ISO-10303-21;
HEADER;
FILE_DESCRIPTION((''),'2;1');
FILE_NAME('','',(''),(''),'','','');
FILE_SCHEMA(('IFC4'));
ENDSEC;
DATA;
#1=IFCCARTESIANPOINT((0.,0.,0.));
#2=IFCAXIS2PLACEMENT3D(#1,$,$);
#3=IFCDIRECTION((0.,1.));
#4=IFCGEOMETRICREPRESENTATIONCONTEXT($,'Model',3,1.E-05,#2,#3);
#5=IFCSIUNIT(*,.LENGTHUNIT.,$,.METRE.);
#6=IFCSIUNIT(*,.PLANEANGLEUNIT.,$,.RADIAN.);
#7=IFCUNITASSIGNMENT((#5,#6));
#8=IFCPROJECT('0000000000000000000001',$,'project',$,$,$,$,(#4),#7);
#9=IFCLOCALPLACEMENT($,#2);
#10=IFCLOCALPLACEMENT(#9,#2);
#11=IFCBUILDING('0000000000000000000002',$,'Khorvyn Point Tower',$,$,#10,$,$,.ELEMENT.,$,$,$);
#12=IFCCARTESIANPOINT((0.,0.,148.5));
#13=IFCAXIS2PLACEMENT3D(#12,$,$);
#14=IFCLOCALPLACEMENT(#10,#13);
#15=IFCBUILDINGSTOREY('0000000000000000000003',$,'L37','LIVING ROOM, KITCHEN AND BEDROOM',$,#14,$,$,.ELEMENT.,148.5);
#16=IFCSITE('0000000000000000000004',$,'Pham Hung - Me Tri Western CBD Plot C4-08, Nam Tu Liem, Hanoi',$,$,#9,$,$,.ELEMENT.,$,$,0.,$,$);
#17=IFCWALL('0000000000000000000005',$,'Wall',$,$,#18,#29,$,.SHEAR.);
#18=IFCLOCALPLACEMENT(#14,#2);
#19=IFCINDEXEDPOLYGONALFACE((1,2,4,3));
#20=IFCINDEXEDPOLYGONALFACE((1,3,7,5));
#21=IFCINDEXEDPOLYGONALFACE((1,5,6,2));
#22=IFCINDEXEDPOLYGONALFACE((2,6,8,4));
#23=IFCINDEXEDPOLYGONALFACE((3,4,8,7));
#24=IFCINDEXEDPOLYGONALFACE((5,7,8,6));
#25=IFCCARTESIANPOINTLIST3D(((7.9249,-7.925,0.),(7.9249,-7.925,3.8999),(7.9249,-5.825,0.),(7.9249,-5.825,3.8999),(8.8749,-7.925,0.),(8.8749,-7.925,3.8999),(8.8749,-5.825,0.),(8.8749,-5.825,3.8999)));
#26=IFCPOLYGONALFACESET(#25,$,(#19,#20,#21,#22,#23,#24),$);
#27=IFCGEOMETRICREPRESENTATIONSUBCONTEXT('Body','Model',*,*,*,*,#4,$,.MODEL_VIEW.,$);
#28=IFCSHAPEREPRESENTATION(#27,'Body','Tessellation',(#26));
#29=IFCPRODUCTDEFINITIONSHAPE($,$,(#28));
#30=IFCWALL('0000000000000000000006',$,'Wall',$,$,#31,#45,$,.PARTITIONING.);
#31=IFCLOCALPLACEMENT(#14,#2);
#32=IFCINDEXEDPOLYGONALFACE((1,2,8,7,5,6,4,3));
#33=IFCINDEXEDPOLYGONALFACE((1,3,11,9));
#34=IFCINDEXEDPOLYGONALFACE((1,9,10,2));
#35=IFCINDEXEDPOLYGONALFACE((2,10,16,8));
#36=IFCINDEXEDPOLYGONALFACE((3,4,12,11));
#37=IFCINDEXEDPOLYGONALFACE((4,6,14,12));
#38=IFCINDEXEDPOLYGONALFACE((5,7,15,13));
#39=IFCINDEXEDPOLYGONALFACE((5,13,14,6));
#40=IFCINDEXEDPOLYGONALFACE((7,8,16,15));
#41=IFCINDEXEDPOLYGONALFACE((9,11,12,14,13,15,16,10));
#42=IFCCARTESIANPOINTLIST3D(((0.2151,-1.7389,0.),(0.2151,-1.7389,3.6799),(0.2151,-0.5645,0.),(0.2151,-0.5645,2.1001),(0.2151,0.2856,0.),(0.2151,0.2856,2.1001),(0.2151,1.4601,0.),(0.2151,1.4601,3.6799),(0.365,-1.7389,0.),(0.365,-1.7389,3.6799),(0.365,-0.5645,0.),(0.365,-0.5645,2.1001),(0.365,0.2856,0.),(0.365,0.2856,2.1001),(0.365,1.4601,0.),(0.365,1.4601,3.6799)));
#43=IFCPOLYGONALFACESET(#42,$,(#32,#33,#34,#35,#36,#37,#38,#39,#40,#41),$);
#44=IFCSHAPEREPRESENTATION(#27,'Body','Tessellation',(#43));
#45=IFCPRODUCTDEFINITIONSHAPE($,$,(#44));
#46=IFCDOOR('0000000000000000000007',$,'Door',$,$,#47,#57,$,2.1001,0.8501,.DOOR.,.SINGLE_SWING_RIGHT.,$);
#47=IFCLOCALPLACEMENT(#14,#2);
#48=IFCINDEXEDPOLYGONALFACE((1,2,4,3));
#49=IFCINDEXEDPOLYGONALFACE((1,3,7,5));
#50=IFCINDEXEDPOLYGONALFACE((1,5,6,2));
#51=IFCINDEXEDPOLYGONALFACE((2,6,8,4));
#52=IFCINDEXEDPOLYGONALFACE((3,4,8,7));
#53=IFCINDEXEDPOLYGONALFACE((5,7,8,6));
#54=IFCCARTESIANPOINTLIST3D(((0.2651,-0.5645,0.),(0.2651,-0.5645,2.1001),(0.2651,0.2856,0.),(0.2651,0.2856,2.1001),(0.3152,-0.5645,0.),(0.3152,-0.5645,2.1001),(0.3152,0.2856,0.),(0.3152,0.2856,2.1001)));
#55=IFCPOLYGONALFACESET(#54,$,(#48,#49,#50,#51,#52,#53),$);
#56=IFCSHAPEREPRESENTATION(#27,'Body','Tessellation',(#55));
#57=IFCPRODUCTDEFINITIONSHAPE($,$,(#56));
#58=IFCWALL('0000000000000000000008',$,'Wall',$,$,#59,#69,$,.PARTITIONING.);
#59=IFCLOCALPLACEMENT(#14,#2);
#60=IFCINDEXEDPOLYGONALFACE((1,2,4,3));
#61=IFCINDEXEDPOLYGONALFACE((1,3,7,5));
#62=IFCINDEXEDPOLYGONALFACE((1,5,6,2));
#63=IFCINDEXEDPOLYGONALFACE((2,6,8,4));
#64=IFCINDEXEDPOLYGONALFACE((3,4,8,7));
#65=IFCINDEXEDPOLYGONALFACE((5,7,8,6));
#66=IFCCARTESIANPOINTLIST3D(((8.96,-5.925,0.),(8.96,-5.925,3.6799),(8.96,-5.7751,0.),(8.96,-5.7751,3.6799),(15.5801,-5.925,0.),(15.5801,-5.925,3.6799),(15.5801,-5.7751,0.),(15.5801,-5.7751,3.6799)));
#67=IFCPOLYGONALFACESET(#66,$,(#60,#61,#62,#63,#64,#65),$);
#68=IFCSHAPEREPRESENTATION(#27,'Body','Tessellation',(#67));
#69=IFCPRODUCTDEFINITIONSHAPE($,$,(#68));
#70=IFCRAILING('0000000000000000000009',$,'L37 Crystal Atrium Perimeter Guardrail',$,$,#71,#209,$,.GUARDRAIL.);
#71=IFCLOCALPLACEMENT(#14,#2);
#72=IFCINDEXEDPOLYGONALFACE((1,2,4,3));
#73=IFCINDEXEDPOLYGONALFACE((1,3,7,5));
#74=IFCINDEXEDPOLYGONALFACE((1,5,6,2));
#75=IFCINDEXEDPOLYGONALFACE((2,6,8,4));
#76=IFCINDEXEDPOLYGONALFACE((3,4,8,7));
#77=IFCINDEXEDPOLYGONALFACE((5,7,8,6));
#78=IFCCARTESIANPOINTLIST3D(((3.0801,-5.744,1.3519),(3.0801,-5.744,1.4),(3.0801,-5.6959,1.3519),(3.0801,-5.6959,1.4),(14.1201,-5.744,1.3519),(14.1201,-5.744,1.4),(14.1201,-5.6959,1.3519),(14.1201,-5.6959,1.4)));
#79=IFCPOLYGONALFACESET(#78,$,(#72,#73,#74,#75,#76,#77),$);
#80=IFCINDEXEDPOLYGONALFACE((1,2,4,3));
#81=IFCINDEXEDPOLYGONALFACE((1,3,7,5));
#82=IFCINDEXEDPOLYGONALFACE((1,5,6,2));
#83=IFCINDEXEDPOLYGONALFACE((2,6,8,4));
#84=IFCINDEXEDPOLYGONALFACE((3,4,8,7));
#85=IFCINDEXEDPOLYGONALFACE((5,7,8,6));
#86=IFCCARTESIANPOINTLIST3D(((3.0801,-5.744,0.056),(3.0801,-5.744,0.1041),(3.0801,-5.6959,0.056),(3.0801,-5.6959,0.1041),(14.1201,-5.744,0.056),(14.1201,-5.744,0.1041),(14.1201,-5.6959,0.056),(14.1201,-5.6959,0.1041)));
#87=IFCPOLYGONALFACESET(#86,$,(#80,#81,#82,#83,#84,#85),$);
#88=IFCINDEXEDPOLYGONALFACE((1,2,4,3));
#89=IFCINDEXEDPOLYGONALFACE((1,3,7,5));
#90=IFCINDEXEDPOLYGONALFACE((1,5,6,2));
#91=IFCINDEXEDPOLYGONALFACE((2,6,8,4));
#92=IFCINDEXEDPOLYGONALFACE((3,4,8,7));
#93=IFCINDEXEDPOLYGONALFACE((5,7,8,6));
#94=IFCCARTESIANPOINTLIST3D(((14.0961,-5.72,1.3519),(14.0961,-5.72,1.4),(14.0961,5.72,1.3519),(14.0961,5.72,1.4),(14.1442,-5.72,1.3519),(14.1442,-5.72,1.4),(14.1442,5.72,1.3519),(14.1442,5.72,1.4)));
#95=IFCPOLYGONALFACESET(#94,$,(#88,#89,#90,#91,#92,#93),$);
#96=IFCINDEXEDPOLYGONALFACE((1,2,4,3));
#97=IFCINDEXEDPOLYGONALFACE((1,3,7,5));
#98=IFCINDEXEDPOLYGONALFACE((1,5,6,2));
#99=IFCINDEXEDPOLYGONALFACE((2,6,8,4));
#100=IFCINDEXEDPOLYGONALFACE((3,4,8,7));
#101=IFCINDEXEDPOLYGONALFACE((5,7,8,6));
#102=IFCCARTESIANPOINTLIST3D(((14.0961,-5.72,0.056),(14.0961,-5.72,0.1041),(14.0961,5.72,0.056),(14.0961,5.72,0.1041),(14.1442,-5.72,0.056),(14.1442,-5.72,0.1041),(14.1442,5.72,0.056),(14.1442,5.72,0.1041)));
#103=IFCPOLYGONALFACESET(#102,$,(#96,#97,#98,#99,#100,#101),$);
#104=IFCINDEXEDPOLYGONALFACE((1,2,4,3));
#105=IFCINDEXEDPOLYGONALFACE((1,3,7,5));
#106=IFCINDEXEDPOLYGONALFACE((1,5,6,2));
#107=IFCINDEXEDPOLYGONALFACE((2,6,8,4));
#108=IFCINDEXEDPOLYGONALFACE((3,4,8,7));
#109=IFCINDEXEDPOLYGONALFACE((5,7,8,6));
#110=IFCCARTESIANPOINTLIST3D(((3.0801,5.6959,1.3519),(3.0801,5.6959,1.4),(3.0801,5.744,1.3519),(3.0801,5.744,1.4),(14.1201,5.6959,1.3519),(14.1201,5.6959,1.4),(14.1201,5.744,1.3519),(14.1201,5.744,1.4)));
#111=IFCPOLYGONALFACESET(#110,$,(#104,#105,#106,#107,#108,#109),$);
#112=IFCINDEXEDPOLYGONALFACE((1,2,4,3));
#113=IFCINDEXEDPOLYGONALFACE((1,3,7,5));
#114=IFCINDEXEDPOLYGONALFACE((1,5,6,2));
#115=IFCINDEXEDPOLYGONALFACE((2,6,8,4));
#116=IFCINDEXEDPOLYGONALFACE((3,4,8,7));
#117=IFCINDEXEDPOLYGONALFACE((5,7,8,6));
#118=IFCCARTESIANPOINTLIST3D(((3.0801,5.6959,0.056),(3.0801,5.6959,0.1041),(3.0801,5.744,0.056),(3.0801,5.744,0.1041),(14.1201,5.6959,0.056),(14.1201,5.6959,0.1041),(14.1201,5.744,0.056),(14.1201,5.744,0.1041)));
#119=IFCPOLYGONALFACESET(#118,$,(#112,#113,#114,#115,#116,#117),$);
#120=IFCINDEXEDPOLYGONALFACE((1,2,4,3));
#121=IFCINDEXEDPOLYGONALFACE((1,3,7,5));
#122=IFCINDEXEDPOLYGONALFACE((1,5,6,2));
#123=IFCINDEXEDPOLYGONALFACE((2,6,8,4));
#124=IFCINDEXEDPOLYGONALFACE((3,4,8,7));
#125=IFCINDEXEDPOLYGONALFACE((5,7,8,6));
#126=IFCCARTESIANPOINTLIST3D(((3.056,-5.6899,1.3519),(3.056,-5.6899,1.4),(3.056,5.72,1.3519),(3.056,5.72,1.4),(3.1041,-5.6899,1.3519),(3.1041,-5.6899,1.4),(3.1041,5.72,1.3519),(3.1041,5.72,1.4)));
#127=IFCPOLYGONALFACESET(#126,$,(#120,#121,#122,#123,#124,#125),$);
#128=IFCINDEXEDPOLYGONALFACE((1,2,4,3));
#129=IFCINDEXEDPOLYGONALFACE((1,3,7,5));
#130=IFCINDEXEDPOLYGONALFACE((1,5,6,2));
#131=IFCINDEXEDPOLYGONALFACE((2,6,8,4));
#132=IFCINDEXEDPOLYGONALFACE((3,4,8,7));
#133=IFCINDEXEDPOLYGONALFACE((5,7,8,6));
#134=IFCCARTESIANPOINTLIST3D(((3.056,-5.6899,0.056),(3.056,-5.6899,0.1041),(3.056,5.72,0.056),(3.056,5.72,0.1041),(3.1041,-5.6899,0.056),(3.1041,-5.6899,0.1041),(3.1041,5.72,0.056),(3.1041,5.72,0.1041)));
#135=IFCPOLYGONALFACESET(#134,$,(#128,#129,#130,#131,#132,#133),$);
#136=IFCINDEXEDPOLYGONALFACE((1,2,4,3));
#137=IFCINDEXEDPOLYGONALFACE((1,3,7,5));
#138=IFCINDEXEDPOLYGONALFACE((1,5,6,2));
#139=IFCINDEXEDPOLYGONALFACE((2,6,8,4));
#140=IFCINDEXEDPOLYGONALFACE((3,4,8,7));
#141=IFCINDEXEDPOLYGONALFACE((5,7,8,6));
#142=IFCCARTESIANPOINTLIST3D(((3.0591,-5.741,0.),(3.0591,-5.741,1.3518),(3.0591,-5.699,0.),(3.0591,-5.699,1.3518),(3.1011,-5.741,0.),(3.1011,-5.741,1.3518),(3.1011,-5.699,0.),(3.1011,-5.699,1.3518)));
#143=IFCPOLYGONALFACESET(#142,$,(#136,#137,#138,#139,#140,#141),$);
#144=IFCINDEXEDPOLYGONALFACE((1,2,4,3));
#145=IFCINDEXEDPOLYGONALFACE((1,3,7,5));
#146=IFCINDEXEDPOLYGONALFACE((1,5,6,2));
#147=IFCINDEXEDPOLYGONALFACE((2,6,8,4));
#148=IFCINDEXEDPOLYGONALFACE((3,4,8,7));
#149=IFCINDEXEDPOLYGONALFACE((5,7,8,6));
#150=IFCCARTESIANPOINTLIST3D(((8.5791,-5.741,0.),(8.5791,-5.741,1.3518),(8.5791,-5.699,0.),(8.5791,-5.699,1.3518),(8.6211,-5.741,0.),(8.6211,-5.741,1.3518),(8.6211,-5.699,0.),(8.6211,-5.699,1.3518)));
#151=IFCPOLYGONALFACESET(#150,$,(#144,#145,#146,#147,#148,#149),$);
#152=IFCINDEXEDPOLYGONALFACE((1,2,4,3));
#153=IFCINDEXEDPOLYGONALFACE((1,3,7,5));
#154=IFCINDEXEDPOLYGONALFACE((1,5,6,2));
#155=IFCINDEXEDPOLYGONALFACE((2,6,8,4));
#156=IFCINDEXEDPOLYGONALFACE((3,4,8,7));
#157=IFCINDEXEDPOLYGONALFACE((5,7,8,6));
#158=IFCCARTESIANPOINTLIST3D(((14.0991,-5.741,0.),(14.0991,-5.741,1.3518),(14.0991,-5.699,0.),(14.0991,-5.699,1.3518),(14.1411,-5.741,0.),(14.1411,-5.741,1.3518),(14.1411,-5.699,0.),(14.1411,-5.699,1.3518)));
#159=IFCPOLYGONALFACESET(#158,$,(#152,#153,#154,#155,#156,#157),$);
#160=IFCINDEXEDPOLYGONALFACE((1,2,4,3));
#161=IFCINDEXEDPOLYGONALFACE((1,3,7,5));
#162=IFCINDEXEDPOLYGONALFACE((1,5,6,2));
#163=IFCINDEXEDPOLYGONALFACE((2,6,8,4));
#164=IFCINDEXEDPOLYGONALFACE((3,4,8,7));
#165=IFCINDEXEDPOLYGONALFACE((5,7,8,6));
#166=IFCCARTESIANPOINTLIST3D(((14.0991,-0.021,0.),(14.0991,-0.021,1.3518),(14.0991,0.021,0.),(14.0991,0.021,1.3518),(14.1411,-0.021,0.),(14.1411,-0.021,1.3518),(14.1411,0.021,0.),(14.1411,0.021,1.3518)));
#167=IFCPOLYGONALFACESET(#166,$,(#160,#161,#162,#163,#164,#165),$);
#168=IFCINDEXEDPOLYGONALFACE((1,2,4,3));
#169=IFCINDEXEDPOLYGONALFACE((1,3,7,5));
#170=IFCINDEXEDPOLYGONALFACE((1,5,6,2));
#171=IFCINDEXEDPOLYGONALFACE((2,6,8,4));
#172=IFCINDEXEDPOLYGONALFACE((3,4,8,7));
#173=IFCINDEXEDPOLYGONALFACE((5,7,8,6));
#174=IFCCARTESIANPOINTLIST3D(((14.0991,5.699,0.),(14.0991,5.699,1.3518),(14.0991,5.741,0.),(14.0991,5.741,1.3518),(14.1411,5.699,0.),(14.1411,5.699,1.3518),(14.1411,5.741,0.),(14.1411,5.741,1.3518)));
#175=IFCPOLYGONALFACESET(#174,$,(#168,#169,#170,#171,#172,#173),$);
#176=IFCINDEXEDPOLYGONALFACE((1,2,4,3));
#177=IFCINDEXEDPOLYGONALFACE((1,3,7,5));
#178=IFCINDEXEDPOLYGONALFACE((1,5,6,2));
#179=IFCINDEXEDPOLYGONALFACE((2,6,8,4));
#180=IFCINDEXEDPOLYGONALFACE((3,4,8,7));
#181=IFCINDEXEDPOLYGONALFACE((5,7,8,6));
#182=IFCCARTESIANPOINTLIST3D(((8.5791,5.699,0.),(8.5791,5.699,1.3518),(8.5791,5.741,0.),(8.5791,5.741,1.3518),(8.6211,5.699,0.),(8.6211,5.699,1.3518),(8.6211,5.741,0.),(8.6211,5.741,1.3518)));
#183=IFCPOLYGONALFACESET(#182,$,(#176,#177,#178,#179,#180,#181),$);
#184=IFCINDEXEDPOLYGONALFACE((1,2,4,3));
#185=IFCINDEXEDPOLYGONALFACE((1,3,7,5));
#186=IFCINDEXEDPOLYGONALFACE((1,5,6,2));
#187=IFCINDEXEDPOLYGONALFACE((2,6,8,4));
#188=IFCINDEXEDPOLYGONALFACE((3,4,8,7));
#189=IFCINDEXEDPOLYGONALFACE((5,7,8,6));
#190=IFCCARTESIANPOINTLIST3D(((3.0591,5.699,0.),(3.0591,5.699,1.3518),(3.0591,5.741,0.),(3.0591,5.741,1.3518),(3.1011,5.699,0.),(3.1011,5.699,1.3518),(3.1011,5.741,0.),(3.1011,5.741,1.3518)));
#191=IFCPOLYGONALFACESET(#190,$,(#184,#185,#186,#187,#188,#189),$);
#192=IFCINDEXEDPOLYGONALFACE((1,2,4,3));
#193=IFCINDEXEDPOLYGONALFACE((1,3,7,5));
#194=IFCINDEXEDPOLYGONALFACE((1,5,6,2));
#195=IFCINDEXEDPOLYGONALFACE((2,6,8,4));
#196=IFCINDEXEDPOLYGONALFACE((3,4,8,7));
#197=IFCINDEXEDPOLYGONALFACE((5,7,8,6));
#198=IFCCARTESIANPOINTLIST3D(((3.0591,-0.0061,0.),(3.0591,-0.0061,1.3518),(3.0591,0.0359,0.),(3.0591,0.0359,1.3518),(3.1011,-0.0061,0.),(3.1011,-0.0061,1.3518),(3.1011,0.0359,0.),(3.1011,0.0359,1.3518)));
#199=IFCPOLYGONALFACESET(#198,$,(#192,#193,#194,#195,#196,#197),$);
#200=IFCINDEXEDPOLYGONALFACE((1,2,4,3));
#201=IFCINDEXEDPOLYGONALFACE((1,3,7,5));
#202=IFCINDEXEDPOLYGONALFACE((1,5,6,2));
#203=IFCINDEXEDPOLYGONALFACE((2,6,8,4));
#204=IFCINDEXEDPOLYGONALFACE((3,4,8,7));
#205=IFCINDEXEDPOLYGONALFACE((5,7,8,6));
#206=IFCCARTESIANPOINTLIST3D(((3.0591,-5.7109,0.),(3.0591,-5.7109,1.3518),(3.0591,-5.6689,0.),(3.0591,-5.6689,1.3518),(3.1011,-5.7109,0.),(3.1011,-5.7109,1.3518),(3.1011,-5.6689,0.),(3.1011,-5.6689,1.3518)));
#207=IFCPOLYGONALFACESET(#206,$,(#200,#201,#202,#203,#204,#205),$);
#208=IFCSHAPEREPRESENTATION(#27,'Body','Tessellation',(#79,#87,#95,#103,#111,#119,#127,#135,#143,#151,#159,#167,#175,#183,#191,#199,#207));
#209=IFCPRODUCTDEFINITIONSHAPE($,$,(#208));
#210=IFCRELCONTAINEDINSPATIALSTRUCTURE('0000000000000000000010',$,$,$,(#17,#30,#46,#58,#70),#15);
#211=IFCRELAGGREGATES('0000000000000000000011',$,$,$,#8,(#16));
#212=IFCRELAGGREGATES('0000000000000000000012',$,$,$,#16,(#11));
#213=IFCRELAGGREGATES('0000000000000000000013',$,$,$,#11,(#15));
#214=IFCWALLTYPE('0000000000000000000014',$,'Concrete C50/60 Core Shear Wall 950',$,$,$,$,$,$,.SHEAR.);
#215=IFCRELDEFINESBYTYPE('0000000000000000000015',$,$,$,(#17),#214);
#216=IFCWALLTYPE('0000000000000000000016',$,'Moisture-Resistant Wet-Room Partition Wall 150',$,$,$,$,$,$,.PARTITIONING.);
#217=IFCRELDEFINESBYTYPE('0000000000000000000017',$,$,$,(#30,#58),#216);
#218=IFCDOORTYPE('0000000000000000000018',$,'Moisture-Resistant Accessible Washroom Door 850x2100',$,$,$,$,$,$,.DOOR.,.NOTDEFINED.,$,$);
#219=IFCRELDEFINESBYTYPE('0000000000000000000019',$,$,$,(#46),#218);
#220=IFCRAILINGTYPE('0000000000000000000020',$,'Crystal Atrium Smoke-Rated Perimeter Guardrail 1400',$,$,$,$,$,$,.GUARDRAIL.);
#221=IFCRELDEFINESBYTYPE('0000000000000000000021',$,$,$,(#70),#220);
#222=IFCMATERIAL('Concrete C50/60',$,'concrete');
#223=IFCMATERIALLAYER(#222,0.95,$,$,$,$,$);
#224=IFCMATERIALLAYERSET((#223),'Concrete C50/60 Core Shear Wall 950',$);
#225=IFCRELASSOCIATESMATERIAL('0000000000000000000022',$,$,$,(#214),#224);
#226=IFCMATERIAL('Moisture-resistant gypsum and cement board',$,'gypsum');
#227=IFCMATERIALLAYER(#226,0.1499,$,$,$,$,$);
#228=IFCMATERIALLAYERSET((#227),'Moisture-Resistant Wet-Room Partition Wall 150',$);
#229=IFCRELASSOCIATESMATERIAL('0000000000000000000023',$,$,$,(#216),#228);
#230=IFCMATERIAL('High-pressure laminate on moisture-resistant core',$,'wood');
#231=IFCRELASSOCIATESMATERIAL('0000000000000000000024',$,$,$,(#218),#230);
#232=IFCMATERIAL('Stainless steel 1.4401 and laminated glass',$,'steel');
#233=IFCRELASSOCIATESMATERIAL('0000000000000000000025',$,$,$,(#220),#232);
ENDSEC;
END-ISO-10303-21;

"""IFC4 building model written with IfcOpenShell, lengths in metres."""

from ifc_helpers import new_model, si_unit, direction, frame, frame_2d, origin, origin_2d, place, context, subcontext, project, spatial, rectangle, extrude, material, layer, layer_set, type_object, element, fill, save


model = new_model("IFC4")

# Units and contexts
model_context = context("Model", 3, precision=1e-05, world=origin(), true_north=direction((0.0, 1.0)))
body_context = subcontext(model_context, "Body", "Model", "MODEL_VIEW")
ifc_project = project(units=[si_unit("LENGTHUNIT", "METRE"), si_unit("PLANEANGLEUNIT", "RADIAN")], contexts=[model_context])

# Site, building, storey
site_placement = place(None, origin())
site = spatial("IfcSite", under=ifc_project, at=site_placement, Name="Pham Hung - Me Tri Western CBD Plot C4-08, Nam Tu Liem, Hanoi", CompositionType="ELEMENT", RefElevation=0.0)
building_placement = place(site_placement, origin())
building = spatial("IfcBuilding", under=site, at=building_placement, Name="Khorvyn Point Tower", CompositionType="ELEMENT")
storey_placement = place(building_placement, frame((0.0, 0.0, 148.5)))
storey = spatial("IfcBuildingStorey", under=building, at=storey_placement, Name="L37", Description="LIVING ROOM, KITCHEN AND BEDROOM", CompositionType="ELEMENT", Elevation=148.5)

# Shared definitions
ifc_material_1 = material(Name="Concrete C50/60", Category="concrete")

# Wall
ifc_layer_1 = layer(ifc_material_1, 0.95)
ifc_layer_set_1 = layer_set([ifc_layer_1], Name="Concrete C50/60 Core Shear Wall 950")
wall_type_1 = type_object("IfcWallType", Name="Concrete C50/60 Core Shear Wall 950", PredefinedType="SHEAR", material=ifc_layer_set_1)
wall_1_placement = place(storey_placement, frame((8.3999, -7.925, 0.0), z_axis=(0.0, 0.0, 1.0), x_axis=(0.0, 1.0, 0.0)))
element("IfcWall", 1, at=wall_1_placement, inside=storey, type_object=wall_type_1, Name="Wall", PredefinedType="SHEAR", context=body_context, shape_type="SweptSolid", body=[
    extrude(rectangle(XDim=2.1001, YDim=0.95, at=frame_2d((1.05, 0.0))), origin(), (0.0, 0.0, 1.0), 3.8999),
])

# Wall, opening, door
ifc_material_2 = material(Name="Moisture-resistant gypsum and cement board", Category="gypsum")
ifc_layer_2 = layer(ifc_material_2, 0.1499)
ifc_layer_set_2 = layer_set([ifc_layer_2], Name="Moisture-Resistant Wet-Room Partition Wall 150")
wall_type_2 = type_object("IfcWallType", Name="Moisture-Resistant Wet-Room Partition Wall 150", PredefinedType="PARTITIONING", material=ifc_layer_set_2)
wall_2_placement = place(storey_placement, frame((0.29, -1.739, 0.0), z_axis=(0.0, 0.0, 1.0), x_axis=(0.0, 1.0, 0.0)))
wall_2 = element("IfcWall", 2, at=wall_2_placement, inside=storey, type_object=wall_type_2, Name="Wall", PredefinedType="PARTITIONING", context=body_context, shape_type="SweptSolid", body=[
    extrude(rectangle(XDim=3.199, YDim=0.1499, at=frame_2d((1.5996, 0.0))), origin(), (0.0, 0.0, 1.0), 3.6799),
])
opening_1_placement = place(wall_2_placement, frame((1.1746, 0.0, 0.0)))
opening_1 = element("IfcOpeningElement", 3, at=opening_1_placement, cuts=wall_2, PredefinedType="OPENING", context=body_context, shape_type="SweptSolid", body=[
    extrude(rectangle(XDim=0.8501, YDim=2.1001, at=frame_2d((0.425, 1.05))), frame((0.0, 0.085, 0.0), z_axis=(0.0, -1.0, 0.0), x_axis=(1.0, 0.0, 0.0)), (0.0, 0.0, 1.0), 0.1699),
])
ifc_material_3 = material(Name="High-pressure laminate on moisture-resistant core", Category="wood")
door_type_1 = type_object("IfcDoorType", Name="Moisture-Resistant Accessible Washroom Door 850x2100", OperationType="NOTDEFINED", PredefinedType="DOOR", material=ifc_material_3)
door_1_placement = place(opening_1_placement, origin())
door_1 = element("IfcDoor", 4, at=door_1_placement, inside=storey, type_object=door_type_1, Name="Door", OperationType="SINGLE_SWING_RIGHT", OverallHeight=2.1001, OverallWidth=0.8501, PredefinedType="DOOR", context=body_context, shape_type="SweptSolid", body=[
    extrude(rectangle(XDim=0.8501, YDim=2.1001, at=frame_2d((0.425, 1.05))), frame((0.0, 0.0249, 0.0), z_axis=(0.0, -1.0, 0.0), x_axis=(1.0, 0.0, 0.0)), (0.0, 0.0, 1.0), 0.05),
])
fill(opening_1, door_1)

# Wall
wall_3_placement = place(storey_placement, frame((8.96, -5.8501, 0.0), z_axis=(0.0, 0.0, 1.0), x_axis=(1.0, 0.0, 0.0)))
element("IfcWall", 5, at=wall_3_placement, inside=storey, type_object=wall_type_2, Name="Wall", PredefinedType="PARTITIONING", context=body_context, shape_type="SweptSolid", body=[
    extrude(rectangle(XDim=6.6201, YDim=0.1499, at=frame_2d((3.3101, 0.0))), origin(), (0.0, 0.0, 1.0), 3.6799),
])

# Railing
ifc_material_4 = material(Name="Stainless steel 1.4401 and laminated glass", Category="steel")
railing_type = type_object("IfcRailingType", Name="Crystal Atrium Smoke-Rated Perimeter Guardrail 1400", PredefinedType="GUARDRAIL", material=ifc_material_4)
railing_placement = place(storey_placement, frame((3.0801, -5.72, 0.0)))
element("IfcRailing", 6, at=railing_placement, inside=storey, type_object=railing_type, Name="L37 Crystal Atrium Perimeter Guardrail", PredefinedType="GUARDRAIL", context=body_context, shape_type="SweptSolid", body=[
    extrude(rectangle(XDim=0.0481, YDim=0.0481, at=origin_2d()), frame((0.0, 0.0, 1.376), z_axis=(1.0, 0.0, 0.0), x_axis=(0.0, 1.0, 0.0)), (0.0, 0.0, 1.0), 11.04),
    extrude(rectangle(XDim=0.0481, YDim=0.0481, at=origin_2d()), frame((0.0, 0.0, 0.0801), z_axis=(1.0, 0.0, 0.0), x_axis=(0.0, 1.0, 0.0)), (0.0, 0.0, 1.0), 11.04),
    extrude(rectangle(XDim=0.0481, YDim=0.0481, at=origin_2d()), frame((11.04, 0.0, 1.376), z_axis=(0.0, 1.0, 0.0), x_axis=(-1.0, 0.0, 0.0)), (0.0, 0.0, 1.0), 11.4399),
    extrude(rectangle(XDim=0.0481, YDim=0.0481, at=origin_2d()), frame((11.04, 0.0, 0.0801), z_axis=(0.0, 1.0, 0.0), x_axis=(-1.0, 0.0, 0.0)), (0.0, 0.0, 1.0), 11.4399),
    extrude(rectangle(XDim=0.0481, YDim=0.0481, at=origin_2d()), frame((11.04, 11.4399, 1.376), z_axis=(-1.0, 0.0, 0.0), x_axis=(0.0, -1.0, 0.0)), (0.0, 0.0, 1.0), 11.04),
    extrude(rectangle(XDim=0.0481, YDim=0.0481, at=origin_2d()), frame((11.04, 11.4399, 0.0801), z_axis=(-1.0, 0.0, 0.0), x_axis=(0.0, -1.0, 0.0)), (0.0, 0.0, 1.0), 11.04),
    extrude(rectangle(XDim=0.0481, YDim=0.0481, at=origin_2d()), frame((0.0, 11.4399, 1.376), z_axis=(0.0, -1.0, 0.0), x_axis=(1.0, 0.0, 0.0)), (0.0, 0.0, 1.0), 11.4099),
    extrude(rectangle(XDim=0.0481, YDim=0.0481, at=origin_2d()), frame((0.0, 11.4399, 0.0801), z_axis=(0.0, -1.0, 0.0), x_axis=(1.0, 0.0, 0.0)), (0.0, 0.0, 1.0), 11.4099),
    extrude(rectangle(XDim=0.042, YDim=0.042, at=origin_2d()), origin(), (0.0, 0.0, 1.0), 1.3518),
    extrude(rectangle(XDim=0.042, YDim=0.042, at=origin_2d()), frame((5.52, 0.0, 0.0)), (0.0, 0.0, 1.0), 1.3518),
    extrude(rectangle(XDim=0.042, YDim=0.042, at=origin_2d()), frame((11.04, 0.0, 0.0)), (0.0, 0.0, 1.0), 1.3518),
    extrude(rectangle(XDim=0.042, YDim=0.042, at=origin_2d()), frame((11.04, 5.72, 0.0)), (0.0, 0.0, 1.0), 1.3518),
    extrude(rectangle(XDim=0.042, YDim=0.042, at=origin_2d()), frame((11.04, 11.4399, 0.0)), (0.0, 0.0, 1.0), 1.3518),
    extrude(rectangle(XDim=0.042, YDim=0.042, at=origin_2d()), frame((5.52, 11.4399, 0.0)), (0.0, 0.0, 1.0), 1.3518),
    extrude(rectangle(XDim=0.042, YDim=0.042, at=origin_2d()), frame((0.0, 11.4399, 0.0)), (0.0, 0.0, 1.0), 1.3518),
    extrude(rectangle(XDim=0.042, YDim=0.042, at=origin_2d()), frame((0.0, 5.7349, 0.0)), (0.0, 0.0, 1.0), 1.3518),
    extrude(rectangle(XDim=0.042, YDim=0.042, at=origin_2d()), frame((0.0, 0.03, 0.0)), (0.0, 0.0, 1.0), 1.3518),
])

save(model, "model.ifc")
